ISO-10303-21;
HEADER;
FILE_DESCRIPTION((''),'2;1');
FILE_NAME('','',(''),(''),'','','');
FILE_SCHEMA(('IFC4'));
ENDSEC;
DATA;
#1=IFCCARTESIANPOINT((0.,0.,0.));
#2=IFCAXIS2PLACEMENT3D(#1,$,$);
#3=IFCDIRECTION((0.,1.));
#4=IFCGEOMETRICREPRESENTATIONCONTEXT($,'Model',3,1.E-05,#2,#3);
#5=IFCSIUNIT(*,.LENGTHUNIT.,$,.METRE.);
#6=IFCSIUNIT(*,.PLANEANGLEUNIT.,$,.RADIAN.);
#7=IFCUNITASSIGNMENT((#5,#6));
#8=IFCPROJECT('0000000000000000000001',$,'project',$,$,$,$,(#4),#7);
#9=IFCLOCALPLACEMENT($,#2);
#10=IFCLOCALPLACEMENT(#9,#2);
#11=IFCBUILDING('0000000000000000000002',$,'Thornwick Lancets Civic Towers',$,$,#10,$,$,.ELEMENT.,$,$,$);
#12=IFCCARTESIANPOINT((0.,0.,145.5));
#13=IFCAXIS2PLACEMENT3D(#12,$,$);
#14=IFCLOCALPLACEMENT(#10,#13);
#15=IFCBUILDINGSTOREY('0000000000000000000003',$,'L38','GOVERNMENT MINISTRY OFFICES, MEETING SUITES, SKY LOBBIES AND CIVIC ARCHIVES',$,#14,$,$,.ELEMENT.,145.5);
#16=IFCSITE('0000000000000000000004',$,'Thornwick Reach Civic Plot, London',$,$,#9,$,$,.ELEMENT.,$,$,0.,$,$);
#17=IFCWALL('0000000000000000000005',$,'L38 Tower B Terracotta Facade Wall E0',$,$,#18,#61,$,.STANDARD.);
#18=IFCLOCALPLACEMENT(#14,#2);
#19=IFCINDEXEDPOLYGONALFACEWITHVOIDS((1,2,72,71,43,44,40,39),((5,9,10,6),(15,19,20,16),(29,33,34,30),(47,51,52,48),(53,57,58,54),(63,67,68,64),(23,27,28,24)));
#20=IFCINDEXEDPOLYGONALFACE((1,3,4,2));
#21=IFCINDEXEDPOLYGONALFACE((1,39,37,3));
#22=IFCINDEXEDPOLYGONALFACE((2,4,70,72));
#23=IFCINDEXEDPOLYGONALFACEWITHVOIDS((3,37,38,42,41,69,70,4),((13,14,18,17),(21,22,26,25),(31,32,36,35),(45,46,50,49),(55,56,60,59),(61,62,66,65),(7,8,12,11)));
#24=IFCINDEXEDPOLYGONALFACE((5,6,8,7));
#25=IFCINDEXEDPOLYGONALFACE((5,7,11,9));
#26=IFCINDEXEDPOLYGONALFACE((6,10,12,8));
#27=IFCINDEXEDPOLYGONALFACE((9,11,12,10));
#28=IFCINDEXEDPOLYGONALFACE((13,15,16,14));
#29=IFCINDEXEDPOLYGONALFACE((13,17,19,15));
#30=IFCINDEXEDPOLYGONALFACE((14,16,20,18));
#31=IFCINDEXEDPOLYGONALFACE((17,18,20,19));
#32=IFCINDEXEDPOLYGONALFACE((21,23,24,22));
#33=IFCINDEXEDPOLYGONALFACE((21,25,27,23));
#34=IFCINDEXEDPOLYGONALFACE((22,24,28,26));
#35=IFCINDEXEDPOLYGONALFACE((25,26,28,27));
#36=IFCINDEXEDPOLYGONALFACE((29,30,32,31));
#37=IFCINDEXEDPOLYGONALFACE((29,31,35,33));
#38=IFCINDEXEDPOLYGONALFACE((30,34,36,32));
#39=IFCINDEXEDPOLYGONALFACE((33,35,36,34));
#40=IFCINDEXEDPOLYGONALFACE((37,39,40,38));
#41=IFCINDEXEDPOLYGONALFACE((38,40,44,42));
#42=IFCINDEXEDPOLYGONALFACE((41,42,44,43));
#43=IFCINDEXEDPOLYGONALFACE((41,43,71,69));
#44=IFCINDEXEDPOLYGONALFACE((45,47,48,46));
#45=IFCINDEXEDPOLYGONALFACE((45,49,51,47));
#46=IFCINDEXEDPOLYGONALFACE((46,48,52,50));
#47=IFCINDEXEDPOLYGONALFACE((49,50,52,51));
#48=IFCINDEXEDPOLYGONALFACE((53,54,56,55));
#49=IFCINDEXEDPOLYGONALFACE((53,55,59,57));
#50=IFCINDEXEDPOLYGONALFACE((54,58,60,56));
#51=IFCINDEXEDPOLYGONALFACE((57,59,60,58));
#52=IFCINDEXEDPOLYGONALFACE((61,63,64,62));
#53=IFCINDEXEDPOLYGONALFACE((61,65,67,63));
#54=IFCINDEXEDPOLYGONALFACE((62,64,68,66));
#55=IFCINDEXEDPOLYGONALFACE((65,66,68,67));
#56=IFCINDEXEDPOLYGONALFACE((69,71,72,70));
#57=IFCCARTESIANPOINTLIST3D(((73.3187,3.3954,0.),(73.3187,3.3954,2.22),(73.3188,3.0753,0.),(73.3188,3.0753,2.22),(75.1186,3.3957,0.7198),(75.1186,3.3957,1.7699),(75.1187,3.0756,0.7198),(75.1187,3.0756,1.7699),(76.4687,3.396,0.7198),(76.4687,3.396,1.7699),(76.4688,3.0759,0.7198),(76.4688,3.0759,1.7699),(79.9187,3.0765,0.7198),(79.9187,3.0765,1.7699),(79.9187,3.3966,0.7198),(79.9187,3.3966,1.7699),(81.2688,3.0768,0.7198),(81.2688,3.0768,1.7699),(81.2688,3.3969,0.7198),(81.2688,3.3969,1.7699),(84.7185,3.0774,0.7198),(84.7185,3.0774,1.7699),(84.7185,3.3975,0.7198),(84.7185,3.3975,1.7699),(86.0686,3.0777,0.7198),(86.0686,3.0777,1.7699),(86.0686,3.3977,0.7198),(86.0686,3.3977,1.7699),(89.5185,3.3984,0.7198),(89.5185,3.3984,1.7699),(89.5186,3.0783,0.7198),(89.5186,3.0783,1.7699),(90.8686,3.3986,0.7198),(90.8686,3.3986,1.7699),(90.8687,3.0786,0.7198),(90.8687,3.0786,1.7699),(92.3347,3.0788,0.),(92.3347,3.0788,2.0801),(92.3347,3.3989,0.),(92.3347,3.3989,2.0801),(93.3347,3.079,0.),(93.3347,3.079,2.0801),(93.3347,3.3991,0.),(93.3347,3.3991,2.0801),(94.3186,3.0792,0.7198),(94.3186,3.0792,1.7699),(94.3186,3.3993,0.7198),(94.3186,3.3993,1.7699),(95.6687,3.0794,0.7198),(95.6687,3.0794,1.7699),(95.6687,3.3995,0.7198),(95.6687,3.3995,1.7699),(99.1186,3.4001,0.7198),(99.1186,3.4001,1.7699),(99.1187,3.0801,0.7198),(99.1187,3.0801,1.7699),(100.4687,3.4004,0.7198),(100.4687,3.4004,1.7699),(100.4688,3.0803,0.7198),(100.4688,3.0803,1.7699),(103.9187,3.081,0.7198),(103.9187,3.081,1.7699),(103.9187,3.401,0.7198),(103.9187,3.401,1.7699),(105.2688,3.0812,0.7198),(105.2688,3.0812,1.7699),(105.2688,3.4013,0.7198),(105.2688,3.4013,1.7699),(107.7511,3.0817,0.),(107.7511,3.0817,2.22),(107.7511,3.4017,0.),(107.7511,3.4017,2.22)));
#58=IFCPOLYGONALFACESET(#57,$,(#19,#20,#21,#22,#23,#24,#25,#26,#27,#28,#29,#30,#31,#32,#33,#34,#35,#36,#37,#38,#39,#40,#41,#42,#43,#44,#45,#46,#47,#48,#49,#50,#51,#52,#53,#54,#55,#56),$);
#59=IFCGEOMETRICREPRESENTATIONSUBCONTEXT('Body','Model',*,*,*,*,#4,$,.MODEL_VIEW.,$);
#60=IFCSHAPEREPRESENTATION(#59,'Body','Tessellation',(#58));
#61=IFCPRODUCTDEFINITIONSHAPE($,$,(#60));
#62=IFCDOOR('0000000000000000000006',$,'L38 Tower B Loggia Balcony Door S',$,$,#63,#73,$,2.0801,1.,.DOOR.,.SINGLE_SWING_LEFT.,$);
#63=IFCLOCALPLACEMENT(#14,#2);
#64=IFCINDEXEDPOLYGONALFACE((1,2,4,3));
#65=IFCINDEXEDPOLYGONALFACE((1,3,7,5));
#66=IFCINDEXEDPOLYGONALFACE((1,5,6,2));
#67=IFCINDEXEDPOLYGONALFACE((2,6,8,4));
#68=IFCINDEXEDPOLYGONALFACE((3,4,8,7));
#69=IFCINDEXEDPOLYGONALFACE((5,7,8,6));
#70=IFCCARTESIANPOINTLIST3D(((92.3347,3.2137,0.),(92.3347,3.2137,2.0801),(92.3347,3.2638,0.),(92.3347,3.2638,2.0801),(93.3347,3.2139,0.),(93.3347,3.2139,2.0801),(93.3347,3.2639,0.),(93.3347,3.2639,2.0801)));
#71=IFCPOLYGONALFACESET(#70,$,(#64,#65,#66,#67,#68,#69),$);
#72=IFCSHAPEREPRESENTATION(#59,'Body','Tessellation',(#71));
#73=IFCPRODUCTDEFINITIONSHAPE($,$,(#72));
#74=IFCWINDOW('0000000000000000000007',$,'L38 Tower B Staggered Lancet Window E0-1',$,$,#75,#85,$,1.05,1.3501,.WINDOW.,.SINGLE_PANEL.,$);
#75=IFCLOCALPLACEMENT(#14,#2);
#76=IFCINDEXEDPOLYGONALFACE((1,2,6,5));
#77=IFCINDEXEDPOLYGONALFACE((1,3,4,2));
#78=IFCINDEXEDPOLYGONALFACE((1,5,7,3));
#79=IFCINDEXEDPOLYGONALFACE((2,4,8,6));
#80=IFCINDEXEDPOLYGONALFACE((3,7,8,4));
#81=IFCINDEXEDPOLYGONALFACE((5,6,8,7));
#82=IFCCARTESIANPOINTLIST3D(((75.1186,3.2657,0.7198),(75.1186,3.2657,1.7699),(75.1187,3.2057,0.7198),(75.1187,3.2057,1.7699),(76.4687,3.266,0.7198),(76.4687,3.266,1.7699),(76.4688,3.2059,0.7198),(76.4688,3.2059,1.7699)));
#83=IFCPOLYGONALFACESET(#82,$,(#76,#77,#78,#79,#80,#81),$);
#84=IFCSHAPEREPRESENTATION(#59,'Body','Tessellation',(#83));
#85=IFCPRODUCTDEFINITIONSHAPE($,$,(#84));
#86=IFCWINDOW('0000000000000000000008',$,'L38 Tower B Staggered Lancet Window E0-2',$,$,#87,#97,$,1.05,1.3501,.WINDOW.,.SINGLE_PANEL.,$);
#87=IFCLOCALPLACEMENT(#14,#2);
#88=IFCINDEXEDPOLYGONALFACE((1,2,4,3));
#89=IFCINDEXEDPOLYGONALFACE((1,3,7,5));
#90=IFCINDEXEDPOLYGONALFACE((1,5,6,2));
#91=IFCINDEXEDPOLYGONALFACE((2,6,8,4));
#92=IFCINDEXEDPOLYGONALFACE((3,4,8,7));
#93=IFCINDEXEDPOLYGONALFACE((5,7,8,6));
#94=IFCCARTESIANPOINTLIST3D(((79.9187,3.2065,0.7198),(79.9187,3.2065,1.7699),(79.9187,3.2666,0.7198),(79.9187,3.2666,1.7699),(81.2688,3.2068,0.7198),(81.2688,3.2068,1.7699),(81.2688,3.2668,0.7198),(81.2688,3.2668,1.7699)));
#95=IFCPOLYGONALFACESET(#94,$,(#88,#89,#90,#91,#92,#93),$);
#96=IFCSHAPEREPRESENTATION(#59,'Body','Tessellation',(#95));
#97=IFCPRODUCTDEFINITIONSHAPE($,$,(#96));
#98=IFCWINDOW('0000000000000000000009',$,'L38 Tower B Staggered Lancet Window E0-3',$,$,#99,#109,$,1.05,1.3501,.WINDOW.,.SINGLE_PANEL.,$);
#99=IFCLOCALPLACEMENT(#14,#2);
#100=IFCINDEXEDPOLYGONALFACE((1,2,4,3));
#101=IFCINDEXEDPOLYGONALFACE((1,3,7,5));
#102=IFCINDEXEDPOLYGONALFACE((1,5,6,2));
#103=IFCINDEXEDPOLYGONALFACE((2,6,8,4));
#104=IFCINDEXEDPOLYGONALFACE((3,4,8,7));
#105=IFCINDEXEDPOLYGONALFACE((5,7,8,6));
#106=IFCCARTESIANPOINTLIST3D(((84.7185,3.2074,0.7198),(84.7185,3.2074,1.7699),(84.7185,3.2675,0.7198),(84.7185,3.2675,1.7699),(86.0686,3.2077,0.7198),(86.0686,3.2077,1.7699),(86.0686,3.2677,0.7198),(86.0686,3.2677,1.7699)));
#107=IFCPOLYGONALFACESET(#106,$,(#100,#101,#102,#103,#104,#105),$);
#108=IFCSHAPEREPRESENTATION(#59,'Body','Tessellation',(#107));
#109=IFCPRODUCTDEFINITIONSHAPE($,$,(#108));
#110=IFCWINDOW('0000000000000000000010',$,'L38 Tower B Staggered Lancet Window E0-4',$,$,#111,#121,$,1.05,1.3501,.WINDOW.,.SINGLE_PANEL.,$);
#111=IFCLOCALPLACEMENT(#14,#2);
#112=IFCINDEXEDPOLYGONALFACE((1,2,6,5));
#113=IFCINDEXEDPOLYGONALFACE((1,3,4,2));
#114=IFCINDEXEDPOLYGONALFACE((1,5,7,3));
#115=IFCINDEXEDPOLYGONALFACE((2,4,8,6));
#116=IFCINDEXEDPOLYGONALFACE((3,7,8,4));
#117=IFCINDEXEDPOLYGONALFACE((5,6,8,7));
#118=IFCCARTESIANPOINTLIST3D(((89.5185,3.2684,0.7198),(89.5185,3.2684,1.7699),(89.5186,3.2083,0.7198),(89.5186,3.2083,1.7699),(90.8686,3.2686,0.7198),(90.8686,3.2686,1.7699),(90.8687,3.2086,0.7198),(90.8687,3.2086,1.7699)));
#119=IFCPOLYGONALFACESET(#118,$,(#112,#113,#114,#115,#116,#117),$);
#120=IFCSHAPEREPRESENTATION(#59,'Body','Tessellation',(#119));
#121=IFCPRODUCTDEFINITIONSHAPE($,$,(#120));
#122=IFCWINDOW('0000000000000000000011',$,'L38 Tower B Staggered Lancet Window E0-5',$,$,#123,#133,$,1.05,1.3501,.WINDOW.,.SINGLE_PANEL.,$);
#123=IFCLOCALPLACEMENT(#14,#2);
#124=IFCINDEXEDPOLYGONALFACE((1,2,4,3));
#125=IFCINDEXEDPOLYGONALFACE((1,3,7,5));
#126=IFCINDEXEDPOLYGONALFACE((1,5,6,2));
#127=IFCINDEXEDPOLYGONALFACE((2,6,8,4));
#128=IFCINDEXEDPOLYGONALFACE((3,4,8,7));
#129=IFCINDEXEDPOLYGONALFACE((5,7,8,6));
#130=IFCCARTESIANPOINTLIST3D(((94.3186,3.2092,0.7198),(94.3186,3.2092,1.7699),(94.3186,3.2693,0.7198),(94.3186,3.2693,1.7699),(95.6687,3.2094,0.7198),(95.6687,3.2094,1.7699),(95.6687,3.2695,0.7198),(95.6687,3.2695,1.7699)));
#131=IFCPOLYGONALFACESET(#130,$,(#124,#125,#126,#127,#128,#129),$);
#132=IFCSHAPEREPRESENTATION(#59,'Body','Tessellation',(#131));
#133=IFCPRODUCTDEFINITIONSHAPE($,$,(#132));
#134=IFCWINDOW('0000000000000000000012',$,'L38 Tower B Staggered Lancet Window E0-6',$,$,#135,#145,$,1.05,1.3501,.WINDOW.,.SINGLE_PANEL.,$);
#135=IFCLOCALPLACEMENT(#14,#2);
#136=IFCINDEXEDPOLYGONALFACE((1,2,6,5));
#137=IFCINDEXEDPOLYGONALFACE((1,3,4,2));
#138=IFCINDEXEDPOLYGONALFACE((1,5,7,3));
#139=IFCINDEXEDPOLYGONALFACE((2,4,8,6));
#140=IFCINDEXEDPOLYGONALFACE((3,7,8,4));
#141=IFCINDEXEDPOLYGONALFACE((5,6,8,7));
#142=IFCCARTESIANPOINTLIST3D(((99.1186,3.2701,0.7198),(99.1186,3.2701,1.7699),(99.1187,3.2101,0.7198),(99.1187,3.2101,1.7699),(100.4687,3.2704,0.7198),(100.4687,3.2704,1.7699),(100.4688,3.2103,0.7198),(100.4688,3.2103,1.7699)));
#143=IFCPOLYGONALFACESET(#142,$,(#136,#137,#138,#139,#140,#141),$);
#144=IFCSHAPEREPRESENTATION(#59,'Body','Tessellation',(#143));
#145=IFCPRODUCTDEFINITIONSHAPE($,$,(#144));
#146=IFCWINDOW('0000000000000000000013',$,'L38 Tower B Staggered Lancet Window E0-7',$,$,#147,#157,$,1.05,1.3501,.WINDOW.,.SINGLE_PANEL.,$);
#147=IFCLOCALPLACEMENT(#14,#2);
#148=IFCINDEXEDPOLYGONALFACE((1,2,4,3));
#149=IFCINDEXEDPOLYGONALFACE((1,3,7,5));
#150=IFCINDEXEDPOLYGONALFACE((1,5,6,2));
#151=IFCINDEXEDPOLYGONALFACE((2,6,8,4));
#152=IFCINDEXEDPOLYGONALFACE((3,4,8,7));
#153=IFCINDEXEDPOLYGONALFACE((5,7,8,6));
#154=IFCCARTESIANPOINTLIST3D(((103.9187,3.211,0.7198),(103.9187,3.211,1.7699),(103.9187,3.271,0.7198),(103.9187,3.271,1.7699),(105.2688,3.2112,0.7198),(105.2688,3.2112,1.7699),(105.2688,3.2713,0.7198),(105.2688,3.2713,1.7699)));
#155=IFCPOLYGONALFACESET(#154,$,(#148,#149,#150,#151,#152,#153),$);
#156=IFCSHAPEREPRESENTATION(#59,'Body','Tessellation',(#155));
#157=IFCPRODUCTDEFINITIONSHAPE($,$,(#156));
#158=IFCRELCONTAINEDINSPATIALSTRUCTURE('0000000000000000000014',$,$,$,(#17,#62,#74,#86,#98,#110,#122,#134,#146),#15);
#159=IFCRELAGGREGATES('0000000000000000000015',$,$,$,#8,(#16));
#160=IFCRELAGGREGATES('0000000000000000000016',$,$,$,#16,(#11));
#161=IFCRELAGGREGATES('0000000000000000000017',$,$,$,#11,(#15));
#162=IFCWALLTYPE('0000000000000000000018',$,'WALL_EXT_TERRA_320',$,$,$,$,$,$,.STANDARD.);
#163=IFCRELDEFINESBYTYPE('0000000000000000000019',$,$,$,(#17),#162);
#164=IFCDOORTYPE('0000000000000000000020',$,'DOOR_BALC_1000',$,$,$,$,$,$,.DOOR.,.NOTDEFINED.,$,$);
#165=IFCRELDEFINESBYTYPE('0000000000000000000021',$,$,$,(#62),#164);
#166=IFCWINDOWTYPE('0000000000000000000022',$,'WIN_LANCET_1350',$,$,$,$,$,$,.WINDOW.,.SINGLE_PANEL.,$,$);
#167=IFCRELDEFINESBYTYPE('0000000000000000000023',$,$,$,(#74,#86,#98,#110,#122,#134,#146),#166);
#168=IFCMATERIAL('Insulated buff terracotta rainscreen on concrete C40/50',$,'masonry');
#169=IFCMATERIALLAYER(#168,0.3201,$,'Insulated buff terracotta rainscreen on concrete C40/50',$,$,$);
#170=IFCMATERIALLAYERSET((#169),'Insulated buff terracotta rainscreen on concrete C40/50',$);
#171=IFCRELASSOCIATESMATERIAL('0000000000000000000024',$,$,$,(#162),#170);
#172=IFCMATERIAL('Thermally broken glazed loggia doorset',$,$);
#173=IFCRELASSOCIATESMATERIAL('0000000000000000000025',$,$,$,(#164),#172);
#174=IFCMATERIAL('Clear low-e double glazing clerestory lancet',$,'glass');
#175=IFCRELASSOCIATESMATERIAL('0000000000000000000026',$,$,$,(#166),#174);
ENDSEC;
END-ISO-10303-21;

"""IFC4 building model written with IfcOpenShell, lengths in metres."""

from ifc_helpers import new_model, si_unit, direction, frame, frame_2d, origin, place, context, subcontext, project, spatial, rectangle, extrude, material, layer, layer_set, type_object, element, fill, save


model = new_model("IFC4")

# Units and contexts
model_context = context("Model", 3, precision=1e-05, world=origin(), true_north=direction((0.0, 1.0)))
body_context = subcontext(model_context, "Body", "Model", "MODEL_VIEW")
ifc_project = project(units=[si_unit("LENGTHUNIT", "METRE"), si_unit("PLANEANGLEUNIT", "RADIAN")], contexts=[model_context])

# Site, building, storey
site_placement = place(None, origin())
site = spatial("IfcSite", under=ifc_project, at=site_placement, Name="Thornwick Reach Civic Plot, London", CompositionType="ELEMENT", RefElevation=0.0)
building_placement = place(site_placement, origin())
building = spatial("IfcBuilding", under=site, at=building_placement, Name="Thornwick Lancets Civic Towers", CompositionType="ELEMENT")
storey_placement = place(building_placement, frame((0.0, 0.0, 145.5)))
storey = spatial("IfcBuildingStorey", under=building, at=storey_placement, Name="L38", Description="GOVERNMENT MINISTRY OFFICES, MEETING SUITES, SKY LOBBIES AND CIVIC ARCHIVES", CompositionType="ELEMENT", Elevation=145.5)

# Wall, openings, door, windows
ifc_material_1 = material(Name="Insulated buff terracotta rainscreen on concrete C40/50", Category="masonry")
ifc_layer_1 = layer(ifc_material_1, 0.3201, Name="Insulated buff terracotta rainscreen on concrete C40/50")
ifc_layer_set_1 = layer_set([ifc_layer_1], Name="Insulated buff terracotta rainscreen on concrete C40/50")
wall_type_1 = type_object("IfcWallType", Name="WALL_EXT_TERRA_320", PredefinedType="STANDARD", material=ifc_layer_set_1)
wall_1_placement = place(storey_placement, frame((73.3186, 3.2354, 0.0), z_axis=(0.0, 0.0, 1.0), x_axis=(1.0, 0.000184, 0.0)))
wall_1 = element("IfcWall", 1, at=wall_1_placement, inside=storey, type_object=wall_type_1, Name="L38 Tower B Terracotta Facade Wall E0", PredefinedType="STANDARD", context=body_context, shape_type="SweptSolid", body=[
    extrude(rectangle(XDim=34.4324, YDim=0.3201, at=frame_2d((17.2163, 0.0))), origin(), (0.0, 0.0, 1.0), 2.22),
])
opening_1_placement = place(wall_1_placement, frame((19.0161, 0.0, 0.0)))
opening_1 = element("IfcOpeningElement", 2, at=opening_1_placement, cuts=wall_1, PredefinedType="OPENING", context=body_context, shape_type="SweptSolid", body=[
    extrude(rectangle(XDim=1.0, YDim=2.0801, at=frame_2d((0.5, 1.04))), frame((0.0, 0.1699, 0.0), z_axis=(0.0, -1.0, 0.0), x_axis=(1.0, 0.0, 0.0)), (0.0, 0.0, 1.0), 0.3401),
])
opening_2_placement = place(wall_1_placement, frame((1.8, 0.0, 0.72)))
opening_2 = element("IfcOpeningElement", 3, at=opening_2_placement, cuts=wall_1, PredefinedType="OPENING", context=body_context, shape_type="SweptSolid", body=[
    extrude(rectangle(XDim=1.3501, YDim=1.05, at=frame_2d((0.675, 0.5249))), frame((0.0, 0.1699, 0.0), z_axis=(0.0, -1.0, 0.0), x_axis=(1.0, 0.0, 0.0)), (0.0, 0.0, 1.0), 0.3401),
])
opening_3_placement = place(wall_1_placement, frame((6.6001, 0.0, 0.72)))
opening_3 = element("IfcOpeningElement", 4, at=opening_3_placement, cuts=wall_1, PredefinedType="OPENING", context=body_context, shape_type="SweptSolid", body=[
    extrude(rectangle(XDim=1.3501, YDim=1.05, at=frame_2d((0.675, 0.5249))), frame((0.0, 0.1699, 0.0), z_axis=(0.0, -1.0, 0.0), x_axis=(1.0, 0.0, 0.0)), (0.0, 0.0, 1.0), 0.3401),
])
opening_4_placement = place(wall_1_placement, frame((11.3999, 0.0, 0.72)))
opening_4 = element("IfcOpeningElement", 5, at=opening_4_placement, cuts=wall_1, PredefinedType="OPENING", context=body_context, shape_type="SweptSolid", body=[
    extrude(rectangle(XDim=1.3501, YDim=1.05, at=frame_2d((0.675, 0.5249))), frame((0.0, 0.1699, 0.0), z_axis=(0.0, -1.0, 0.0), x_axis=(1.0, 0.0, 0.0)), (0.0, 0.0, 1.0), 0.3401),
])
opening_5_placement = place(wall_1_placement, frame((16.2, 0.0, 0.72)))
opening_5 = element("IfcOpeningElement", 6, at=opening_5_placement, cuts=wall_1, PredefinedType="OPENING", context=body_context, shape_type="SweptSolid", body=[
    extrude(rectangle(XDim=1.3501, YDim=1.05, at=frame_2d((0.675, 0.5249))), frame((0.0, 0.1699, 0.0), z_axis=(0.0, -1.0, 0.0), x_axis=(1.0, 0.0, 0.0)), (0.0, 0.0, 1.0), 0.3401),
])
opening_6_placement = place(wall_1_placement, frame((21.0, 0.0, 0.72)))
opening_6 = element("IfcOpeningElement", 7, at=opening_6_placement, cuts=wall_1, PredefinedType="OPENING", context=body_context, shape_type="SweptSolid", body=[
    extrude(rectangle(XDim=1.3501, YDim=1.05, at=frame_2d((0.675, 0.5249))), frame((0.0, 0.1699, 0.0), z_axis=(0.0, -1.0, 0.0), x_axis=(1.0, 0.0, 0.0)), (0.0, 0.0, 1.0), 0.3401),
])
opening_7_placement = place(wall_1_placement, frame((25.8, 0.0, 0.72)))
opening_7 = element("IfcOpeningElement", 8, at=opening_7_placement, cuts=wall_1, PredefinedType="OPENING", context=body_context, shape_type="SweptSolid", body=[
    extrude(rectangle(XDim=1.3501, YDim=1.05, at=frame_2d((0.675, 0.5249))), frame((0.0, 0.1699, 0.0), z_axis=(0.0, -1.0, 0.0), x_axis=(1.0, 0.0, 0.0)), (0.0, 0.0, 1.0), 0.3401),
])
opening_8_placement = place(wall_1_placement, frame((30.6001, 0.0, 0.72)))
opening_8 = element("IfcOpeningElement", 9, at=opening_8_placement, cuts=wall_1, PredefinedType="OPENING", context=body_context, shape_type="SweptSolid", body=[
    extrude(rectangle(XDim=1.3501, YDim=1.05, at=frame_2d((0.675, 0.5249))), frame((0.0, 0.1699, 0.0), z_axis=(0.0, -1.0, 0.0), x_axis=(1.0, 0.0, 0.0)), (0.0, 0.0, 1.0), 0.3401),
])
ifc_material_2 = material(Name="Thermally broken glazed loggia doorset")
door_type = type_object("IfcDoorType", Name="DOOR_BALC_1000", OperationType="NOTDEFINED", PredefinedType="DOOR", material=ifc_material_2)
door_placement = place(opening_1_placement, origin())
door = element("IfcDoor", 10, at=door_placement, inside=storey, type_object=door_type, Name="L38 Tower B Loggia Balcony Door S", OperationType="SINGLE_SWING_LEFT", OverallHeight=2.0801, OverallWidth=1.0, PredefinedType="DOOR", context=body_context, shape_type="SweptSolid", body=[
    extrude(rectangle(XDim=1.0, YDim=2.0801, at=frame_2d((0.5, 1.04))), frame((0.0, 0.0249, 0.0), z_axis=(0.0, -1.0, 0.0), x_axis=(1.0, 0.0, 0.0)), (0.0, 0.0, 1.0), 0.05),
])
fill(opening_1, door)
ifc_material_3 = material(Name="Clear low-e double glazing clerestory lancet", Category="glass")
window_type = type_object("IfcWindowType", Name="WIN_LANCET_1350", PartitioningType="SINGLE_PANEL", PredefinedType="WINDOW", material=ifc_material_3)
window_1_placement = place(opening_2_placement, origin())
window_1 = element("IfcWindow", 11, at=window_1_placement, inside=storey, type_object=window_type, Name="L38 Tower B Staggered Lancet Window E0-1", OverallHeight=1.05, OverallWidth=1.3501, PartitioningType="SINGLE_PANEL", PredefinedType="WINDOW", context=body_context, shape_type="SweptSolid", body=[
    extrude(rectangle(XDim=1.3501, YDim=1.05, at=frame_2d((0.675, 0.5249))), frame((0.0, 0.03, 0.0), z_axis=(0.0, -1.0, 0.0), x_axis=(1.0, 0.0, 0.0)), (0.0, 0.0, 1.0), 0.0601),
])
fill(opening_2, window_1)
window_2_placement = place(opening_3_placement, origin())
window_2 = element("IfcWindow", 12, at=window_2_placement, inside=storey, type_object=window_type, Name="L38 Tower B Staggered Lancet Window E0-2", OverallHeight=1.05, OverallWidth=1.3501, PartitioningType="SINGLE_PANEL", PredefinedType="WINDOW", context=body_context, shape_type="SweptSolid", body=[
    extrude(rectangle(XDim=1.3501, YDim=1.05, at=frame_2d((0.675, 0.5249))), frame((0.0, 0.03, 0.0), z_axis=(0.0, -1.0, 0.0), x_axis=(1.0, 0.0, 0.0)), (0.0, 0.0, 1.0), 0.0601),
])
fill(opening_3, window_2)
window_3_placement = place(opening_4_placement, origin())
window_3 = element("IfcWindow", 13, at=window_3_placement, inside=storey, type_object=window_type, Name="L38 Tower B Staggered Lancet Window E0-3", OverallHeight=1.05, OverallWidth=1.3501, PartitioningType="SINGLE_PANEL", PredefinedType="WINDOW", context=body_context, shape_type="SweptSolid", body=[
    extrude(rectangle(XDim=1.3501, YDim=1.05, at=frame_2d((0.675, 0.5249))), frame((0.0, 0.03, 0.0), z_axis=(0.0, -1.0, 0.0), x_axis=(1.0, 0.0, 0.0)), (0.0, 0.0, 1.0), 0.0601),
])
fill(opening_4, window_3)
window_4_placement = place(opening_5_placement, origin())
window_4 = element("IfcWindow", 14, at=window_4_placement, inside=storey, type_object=window_type, Name="L38 Tower B Staggered Lancet Window E0-4", OverallHeight=1.05, OverallWidth=1.3501, PartitioningType="SINGLE_PANEL", PredefinedType="WINDOW", context=body_context, shape_type="SweptSolid", body=[
    extrude(rectangle(XDim=1.3501, YDim=1.05, at=frame_2d((0.675, 0.5249))), frame((0.0, 0.03, 0.0), z_axis=(0.0, -1.0, 0.0), x_axis=(1.0, 0.0, 0.0)), (0.0, 0.0, 1.0), 0.0601),
])
fill(opening_5, window_4)
window_5_placement = place(opening_6_placement, origin())
window_5 = element("IfcWindow", 15, at=window_5_placement, inside=storey, type_object=window_type, Name="L38 Tower B Staggered Lancet Window E0-5", OverallHeight=1.05, OverallWidth=1.3501, PartitioningType="SINGLE_PANEL", PredefinedType="WINDOW", context=body_context, shape_type="SweptSolid", body=[
    extrude(rectangle(XDim=1.3501, YDim=1.05, at=frame_2d((0.675, 0.5249))), frame((0.0, 0.03, 0.0), z_axis=(0.0, -1.0, 0.0), x_axis=(1.0, 0.0, 0.0)), (0.0, 0.0, 1.0), 0.0601),
])
fill(opening_6, window_5)
window_6_placement = place(opening_7_placement, origin())
window_6 = element("IfcWindow", 16, at=window_6_placement, inside=storey, type_object=window_type, Name="L38 Tower B Staggered Lancet Window E0-6", OverallHeight=1.05, OverallWidth=1.3501, PartitioningType="SINGLE_PANEL", PredefinedType="WINDOW", context=body_context, shape_type="SweptSolid", body=[
    extrude(rectangle(XDim=1.3501, YDim=1.05, at=frame_2d((0.675, 0.5249))), frame((0.0, 0.03, 0.0), z_axis=(0.0, -1.0, 0.0), x_axis=(1.0, 0.0, 0.0)), (0.0, 0.0, 1.0), 0.0601),
])
fill(opening_7, window_6)
window_7_placement = place(opening_8_placement, origin())
window_7 = element("IfcWindow", 17, at=window_7_placement, inside=storey, type_object=window_type, Name="L38 Tower B Staggered Lancet Window E0-7", OverallHeight=1.05, OverallWidth=1.3501, PartitioningType="SINGLE_PANEL", PredefinedType="WINDOW", context=body_context, shape_type="SweptSolid", body=[
    extrude(rectangle(XDim=1.3501, YDim=1.05, at=frame_2d((0.675, 0.5249))), frame((0.0, 0.03, 0.0), z_axis=(0.0, -1.0, 0.0), x_axis=(1.0, 0.0, 0.0)), (0.0, 0.0, 1.0), 0.0601),
])
fill(opening_8, window_7)

save(model, "model.ifc")
